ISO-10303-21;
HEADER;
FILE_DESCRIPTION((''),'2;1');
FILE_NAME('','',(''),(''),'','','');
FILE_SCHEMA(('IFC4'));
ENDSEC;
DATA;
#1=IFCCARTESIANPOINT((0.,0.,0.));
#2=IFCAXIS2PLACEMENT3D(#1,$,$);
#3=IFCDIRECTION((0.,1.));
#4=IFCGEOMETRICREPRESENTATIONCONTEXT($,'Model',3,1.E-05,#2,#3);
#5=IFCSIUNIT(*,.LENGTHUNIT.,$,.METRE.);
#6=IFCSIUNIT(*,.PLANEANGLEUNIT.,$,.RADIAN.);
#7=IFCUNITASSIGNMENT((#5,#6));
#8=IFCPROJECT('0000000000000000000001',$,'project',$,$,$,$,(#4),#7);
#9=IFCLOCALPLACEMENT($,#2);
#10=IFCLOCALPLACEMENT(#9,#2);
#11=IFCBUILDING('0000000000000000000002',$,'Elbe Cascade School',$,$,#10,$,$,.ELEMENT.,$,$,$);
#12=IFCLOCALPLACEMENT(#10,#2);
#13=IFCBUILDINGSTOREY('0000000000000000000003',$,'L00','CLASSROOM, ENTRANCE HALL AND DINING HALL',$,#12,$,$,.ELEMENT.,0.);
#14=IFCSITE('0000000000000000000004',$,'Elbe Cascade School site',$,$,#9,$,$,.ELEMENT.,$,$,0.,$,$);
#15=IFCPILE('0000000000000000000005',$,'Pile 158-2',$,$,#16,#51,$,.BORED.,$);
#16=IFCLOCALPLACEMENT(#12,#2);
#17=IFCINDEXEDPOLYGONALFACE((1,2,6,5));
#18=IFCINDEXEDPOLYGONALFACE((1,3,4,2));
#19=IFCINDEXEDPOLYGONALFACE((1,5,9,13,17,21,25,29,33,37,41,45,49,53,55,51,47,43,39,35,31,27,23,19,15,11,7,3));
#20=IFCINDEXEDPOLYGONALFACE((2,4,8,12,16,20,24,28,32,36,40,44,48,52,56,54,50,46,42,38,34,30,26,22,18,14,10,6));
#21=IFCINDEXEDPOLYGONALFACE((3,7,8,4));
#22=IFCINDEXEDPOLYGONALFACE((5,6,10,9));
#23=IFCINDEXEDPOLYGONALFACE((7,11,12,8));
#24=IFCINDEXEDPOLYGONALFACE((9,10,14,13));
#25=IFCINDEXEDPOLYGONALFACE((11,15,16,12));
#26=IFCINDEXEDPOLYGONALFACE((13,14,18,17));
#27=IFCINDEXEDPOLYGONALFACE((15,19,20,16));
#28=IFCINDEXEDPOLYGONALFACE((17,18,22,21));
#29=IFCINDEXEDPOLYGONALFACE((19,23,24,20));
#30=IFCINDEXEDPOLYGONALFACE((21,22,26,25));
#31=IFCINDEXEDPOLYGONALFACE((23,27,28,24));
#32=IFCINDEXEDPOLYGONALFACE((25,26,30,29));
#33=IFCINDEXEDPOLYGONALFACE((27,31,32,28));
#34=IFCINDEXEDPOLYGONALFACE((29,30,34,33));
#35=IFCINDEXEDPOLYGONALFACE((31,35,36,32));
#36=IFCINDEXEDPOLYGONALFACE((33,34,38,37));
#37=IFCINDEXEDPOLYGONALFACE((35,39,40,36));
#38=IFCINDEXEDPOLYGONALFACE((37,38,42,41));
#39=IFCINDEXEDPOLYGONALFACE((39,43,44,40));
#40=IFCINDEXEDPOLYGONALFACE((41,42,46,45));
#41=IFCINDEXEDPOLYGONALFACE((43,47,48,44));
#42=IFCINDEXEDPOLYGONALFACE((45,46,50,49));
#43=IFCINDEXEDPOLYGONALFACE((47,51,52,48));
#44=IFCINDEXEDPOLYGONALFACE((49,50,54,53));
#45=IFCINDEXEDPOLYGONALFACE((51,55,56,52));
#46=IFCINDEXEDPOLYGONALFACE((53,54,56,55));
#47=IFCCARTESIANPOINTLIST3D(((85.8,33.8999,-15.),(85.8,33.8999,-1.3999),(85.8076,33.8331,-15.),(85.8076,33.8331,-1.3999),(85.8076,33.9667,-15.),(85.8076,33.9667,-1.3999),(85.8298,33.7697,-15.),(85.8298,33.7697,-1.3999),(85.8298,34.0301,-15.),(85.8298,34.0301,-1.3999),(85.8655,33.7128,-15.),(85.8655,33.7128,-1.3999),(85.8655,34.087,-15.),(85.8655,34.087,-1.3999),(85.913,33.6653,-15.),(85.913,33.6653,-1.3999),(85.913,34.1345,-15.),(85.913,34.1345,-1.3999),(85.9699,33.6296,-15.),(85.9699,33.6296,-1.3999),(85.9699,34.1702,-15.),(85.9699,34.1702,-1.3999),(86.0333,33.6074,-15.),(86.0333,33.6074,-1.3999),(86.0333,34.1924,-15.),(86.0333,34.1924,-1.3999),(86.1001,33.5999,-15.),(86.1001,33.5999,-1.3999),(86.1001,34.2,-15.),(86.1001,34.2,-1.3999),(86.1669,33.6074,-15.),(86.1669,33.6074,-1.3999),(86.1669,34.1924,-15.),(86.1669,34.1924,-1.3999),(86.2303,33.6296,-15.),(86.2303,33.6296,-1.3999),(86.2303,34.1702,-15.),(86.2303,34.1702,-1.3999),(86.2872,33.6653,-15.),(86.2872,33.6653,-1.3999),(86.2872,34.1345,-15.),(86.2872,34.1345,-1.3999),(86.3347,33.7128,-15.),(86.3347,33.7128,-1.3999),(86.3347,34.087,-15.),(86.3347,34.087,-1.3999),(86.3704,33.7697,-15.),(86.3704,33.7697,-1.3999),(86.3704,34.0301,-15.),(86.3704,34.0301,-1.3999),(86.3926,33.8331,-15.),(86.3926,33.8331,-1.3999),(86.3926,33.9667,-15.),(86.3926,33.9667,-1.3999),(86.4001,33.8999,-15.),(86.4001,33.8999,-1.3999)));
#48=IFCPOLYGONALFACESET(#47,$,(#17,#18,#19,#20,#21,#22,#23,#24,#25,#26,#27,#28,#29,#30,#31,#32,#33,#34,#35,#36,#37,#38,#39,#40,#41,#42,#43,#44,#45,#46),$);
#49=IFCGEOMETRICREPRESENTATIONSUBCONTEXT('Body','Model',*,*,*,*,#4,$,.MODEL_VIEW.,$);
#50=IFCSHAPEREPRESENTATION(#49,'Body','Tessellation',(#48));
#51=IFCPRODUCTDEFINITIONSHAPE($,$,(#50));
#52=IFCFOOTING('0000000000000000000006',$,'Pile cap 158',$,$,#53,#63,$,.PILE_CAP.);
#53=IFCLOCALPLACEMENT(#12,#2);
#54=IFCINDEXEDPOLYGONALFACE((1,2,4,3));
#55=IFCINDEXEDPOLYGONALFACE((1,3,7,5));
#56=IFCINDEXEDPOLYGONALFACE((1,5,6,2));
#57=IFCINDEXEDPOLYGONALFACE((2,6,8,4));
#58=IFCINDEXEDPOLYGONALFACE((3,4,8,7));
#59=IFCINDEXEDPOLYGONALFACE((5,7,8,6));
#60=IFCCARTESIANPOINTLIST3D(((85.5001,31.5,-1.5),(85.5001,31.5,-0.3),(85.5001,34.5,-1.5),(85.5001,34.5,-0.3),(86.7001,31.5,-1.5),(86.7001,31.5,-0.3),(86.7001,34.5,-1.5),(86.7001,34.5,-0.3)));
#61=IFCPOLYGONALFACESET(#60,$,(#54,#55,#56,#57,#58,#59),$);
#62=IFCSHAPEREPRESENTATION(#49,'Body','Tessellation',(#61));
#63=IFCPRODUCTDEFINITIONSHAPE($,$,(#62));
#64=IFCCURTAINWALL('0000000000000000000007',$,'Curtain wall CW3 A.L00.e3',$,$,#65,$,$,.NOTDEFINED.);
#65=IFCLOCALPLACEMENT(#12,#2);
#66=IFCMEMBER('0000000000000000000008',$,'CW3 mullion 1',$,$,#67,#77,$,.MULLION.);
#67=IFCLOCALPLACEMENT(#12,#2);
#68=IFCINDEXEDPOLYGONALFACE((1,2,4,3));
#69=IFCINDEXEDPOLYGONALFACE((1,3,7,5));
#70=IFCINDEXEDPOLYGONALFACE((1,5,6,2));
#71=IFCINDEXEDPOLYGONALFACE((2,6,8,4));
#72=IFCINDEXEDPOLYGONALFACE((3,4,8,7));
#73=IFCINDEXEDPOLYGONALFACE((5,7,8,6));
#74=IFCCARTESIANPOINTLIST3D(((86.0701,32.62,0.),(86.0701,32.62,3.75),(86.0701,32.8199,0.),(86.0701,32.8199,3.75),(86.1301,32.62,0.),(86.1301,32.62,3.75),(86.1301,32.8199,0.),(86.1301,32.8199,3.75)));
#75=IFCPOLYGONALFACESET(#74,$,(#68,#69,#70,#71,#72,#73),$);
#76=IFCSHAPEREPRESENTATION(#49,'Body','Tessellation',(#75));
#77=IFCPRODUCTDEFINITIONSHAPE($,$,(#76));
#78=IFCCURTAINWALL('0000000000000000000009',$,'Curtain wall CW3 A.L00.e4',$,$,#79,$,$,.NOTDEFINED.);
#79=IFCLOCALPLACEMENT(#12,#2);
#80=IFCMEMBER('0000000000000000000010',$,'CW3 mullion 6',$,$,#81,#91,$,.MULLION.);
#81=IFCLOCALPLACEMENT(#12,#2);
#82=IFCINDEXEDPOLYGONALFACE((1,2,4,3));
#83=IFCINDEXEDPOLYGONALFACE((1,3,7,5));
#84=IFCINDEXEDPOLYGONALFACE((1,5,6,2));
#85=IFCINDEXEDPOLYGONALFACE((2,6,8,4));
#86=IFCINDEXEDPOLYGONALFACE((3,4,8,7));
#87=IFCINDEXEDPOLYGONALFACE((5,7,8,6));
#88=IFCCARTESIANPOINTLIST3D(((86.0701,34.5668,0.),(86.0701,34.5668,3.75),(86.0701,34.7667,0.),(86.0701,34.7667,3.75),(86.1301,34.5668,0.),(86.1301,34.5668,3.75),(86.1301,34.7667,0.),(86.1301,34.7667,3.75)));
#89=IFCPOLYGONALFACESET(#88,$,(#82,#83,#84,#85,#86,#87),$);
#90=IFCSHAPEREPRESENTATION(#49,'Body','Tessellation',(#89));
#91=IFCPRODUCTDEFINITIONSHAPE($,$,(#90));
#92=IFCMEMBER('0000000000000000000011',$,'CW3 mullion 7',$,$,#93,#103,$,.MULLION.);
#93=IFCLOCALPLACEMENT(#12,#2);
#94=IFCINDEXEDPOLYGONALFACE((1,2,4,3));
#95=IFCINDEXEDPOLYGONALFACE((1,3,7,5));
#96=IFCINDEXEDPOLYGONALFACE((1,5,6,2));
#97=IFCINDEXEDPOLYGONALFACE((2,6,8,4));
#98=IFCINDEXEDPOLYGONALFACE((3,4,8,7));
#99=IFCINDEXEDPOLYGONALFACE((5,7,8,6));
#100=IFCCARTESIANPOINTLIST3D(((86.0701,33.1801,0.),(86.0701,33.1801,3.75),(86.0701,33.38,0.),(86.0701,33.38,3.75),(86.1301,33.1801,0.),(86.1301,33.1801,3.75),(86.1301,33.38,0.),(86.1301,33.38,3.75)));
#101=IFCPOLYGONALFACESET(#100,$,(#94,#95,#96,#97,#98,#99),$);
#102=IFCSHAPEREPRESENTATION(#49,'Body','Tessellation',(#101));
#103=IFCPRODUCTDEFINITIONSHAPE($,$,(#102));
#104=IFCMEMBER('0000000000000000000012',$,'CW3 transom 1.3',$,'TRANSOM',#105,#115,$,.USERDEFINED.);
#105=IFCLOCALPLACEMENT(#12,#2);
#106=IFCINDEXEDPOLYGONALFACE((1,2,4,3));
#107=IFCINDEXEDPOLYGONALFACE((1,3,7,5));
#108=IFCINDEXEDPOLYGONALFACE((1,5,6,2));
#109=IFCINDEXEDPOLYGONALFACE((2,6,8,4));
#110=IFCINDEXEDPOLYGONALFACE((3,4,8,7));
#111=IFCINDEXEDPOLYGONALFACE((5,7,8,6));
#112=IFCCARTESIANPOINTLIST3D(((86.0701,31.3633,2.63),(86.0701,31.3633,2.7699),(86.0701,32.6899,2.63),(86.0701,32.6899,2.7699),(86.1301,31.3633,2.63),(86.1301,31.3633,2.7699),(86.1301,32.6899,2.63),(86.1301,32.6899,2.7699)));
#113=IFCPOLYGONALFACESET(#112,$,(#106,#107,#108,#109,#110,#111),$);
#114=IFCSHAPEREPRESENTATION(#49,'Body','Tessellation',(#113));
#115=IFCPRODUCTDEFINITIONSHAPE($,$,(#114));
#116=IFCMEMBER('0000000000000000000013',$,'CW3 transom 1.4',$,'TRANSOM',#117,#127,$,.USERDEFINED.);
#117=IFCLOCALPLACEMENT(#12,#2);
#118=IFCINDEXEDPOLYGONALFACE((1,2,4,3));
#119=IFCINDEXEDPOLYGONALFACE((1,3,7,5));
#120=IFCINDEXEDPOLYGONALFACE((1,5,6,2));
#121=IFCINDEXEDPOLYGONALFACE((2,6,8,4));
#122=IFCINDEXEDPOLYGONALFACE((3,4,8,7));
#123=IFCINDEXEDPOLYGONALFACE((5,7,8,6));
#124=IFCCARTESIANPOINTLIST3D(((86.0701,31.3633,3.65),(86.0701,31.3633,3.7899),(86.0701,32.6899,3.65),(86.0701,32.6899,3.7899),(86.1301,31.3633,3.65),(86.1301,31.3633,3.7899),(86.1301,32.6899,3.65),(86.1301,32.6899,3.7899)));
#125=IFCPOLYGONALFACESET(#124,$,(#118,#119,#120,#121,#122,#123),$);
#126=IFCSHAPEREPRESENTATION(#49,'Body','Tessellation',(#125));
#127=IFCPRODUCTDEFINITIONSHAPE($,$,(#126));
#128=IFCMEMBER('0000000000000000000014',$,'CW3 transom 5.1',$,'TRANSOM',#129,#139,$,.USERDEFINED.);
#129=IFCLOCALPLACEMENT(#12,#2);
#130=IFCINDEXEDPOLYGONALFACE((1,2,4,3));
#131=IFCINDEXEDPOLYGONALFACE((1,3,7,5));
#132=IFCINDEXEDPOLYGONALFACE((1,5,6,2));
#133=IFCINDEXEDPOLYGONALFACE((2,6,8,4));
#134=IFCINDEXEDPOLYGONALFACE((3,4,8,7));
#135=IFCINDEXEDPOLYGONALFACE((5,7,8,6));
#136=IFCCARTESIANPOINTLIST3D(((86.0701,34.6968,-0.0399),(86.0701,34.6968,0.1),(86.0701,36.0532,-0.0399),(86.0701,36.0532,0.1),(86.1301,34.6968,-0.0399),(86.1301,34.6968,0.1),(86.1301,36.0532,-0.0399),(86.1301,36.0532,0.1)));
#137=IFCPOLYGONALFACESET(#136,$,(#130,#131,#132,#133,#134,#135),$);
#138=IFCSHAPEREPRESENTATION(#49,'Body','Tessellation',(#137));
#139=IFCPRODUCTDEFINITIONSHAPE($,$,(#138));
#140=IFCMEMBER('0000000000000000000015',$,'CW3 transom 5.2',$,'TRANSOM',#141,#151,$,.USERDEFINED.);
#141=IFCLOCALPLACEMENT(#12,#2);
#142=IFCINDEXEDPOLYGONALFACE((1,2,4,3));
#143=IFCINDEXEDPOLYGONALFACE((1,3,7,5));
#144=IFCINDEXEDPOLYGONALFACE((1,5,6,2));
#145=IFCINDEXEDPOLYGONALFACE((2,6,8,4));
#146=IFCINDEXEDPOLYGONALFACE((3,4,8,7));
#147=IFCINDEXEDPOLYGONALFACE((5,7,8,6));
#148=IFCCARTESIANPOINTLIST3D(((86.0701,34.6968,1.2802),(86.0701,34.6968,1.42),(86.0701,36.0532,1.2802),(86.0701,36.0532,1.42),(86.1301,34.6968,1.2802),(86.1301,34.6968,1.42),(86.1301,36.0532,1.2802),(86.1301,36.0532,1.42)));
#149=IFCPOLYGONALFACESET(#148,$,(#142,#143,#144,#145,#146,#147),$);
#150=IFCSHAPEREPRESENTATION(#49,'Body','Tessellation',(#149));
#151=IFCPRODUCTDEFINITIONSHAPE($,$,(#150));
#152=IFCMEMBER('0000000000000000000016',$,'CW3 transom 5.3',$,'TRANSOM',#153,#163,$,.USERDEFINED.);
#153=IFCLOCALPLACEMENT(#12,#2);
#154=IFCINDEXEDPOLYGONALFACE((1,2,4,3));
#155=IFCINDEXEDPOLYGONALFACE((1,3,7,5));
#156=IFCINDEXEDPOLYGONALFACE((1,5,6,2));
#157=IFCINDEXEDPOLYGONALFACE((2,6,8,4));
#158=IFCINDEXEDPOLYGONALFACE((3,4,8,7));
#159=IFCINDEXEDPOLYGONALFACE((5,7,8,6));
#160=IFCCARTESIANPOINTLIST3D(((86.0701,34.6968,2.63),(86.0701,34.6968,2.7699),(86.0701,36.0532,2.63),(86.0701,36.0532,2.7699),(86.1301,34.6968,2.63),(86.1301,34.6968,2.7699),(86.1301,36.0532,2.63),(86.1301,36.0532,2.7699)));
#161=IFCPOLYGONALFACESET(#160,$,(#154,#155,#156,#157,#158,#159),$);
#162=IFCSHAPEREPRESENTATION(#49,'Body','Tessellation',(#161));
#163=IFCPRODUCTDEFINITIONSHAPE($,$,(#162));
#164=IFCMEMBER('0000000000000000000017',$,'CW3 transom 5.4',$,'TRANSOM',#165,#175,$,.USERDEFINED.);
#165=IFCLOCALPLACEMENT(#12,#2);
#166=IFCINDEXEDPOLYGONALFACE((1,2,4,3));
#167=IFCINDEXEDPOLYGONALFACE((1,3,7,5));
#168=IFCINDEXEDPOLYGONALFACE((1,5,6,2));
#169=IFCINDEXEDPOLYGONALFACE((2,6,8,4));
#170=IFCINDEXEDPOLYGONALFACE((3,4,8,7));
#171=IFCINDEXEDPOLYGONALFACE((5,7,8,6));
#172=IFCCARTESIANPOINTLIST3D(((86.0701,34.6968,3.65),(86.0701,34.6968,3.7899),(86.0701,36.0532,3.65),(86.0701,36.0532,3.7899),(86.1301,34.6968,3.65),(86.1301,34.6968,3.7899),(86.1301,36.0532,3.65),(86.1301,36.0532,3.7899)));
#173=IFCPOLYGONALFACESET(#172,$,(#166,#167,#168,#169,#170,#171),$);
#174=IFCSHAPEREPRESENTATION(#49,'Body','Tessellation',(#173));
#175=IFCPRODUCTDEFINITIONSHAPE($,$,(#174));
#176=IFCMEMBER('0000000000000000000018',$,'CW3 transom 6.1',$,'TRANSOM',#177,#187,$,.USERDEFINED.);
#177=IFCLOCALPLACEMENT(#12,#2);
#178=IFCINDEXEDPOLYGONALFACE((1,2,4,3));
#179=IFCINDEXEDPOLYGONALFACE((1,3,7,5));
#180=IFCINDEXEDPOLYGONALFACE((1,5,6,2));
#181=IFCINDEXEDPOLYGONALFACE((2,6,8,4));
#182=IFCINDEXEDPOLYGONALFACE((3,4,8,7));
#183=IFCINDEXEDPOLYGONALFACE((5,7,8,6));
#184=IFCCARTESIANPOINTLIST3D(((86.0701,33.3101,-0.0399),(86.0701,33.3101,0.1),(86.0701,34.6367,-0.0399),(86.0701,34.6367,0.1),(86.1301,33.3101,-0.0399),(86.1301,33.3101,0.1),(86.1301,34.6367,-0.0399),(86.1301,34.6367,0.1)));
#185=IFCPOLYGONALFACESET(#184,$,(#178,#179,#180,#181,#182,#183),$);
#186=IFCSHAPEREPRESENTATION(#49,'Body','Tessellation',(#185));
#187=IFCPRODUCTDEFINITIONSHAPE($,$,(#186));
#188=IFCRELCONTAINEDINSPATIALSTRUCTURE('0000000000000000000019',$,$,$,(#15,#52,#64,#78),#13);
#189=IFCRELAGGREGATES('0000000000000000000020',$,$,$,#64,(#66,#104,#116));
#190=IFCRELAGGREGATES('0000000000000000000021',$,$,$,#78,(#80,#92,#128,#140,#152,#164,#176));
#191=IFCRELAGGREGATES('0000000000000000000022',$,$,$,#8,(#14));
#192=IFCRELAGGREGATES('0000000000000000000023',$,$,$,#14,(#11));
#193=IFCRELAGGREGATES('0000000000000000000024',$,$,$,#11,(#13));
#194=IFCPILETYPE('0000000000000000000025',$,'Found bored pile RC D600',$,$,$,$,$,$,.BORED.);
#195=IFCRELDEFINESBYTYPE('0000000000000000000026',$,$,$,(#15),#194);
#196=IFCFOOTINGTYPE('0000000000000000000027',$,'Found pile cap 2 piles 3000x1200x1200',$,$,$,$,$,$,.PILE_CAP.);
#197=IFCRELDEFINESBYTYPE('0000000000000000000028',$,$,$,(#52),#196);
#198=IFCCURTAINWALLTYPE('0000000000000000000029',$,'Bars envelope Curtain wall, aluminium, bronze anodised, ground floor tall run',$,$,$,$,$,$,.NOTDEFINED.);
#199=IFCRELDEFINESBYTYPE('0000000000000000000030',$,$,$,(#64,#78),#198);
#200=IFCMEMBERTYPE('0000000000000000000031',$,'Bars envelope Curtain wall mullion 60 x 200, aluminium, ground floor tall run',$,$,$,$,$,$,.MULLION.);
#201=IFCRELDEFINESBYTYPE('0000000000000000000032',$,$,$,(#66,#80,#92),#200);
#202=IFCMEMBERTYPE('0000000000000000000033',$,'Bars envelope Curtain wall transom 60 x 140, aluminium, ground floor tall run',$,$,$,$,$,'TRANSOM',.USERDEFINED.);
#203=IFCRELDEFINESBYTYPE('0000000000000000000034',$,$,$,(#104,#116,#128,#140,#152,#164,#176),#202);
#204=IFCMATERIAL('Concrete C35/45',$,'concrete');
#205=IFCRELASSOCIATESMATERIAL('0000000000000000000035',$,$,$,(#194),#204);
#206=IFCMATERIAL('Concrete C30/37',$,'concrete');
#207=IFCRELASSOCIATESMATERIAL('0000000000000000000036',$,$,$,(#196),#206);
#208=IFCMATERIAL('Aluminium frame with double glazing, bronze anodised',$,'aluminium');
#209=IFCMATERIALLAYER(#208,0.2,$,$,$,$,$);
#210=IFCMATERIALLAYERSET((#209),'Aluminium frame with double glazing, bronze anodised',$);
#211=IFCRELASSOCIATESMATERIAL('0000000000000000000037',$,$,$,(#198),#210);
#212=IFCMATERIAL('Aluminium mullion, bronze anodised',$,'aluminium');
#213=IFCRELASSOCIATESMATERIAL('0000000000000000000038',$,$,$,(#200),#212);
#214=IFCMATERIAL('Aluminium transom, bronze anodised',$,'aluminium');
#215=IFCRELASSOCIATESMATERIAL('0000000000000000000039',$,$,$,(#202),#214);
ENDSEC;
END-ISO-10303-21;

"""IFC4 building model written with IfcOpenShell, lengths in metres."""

from ifc_helpers import new_model, si_unit, direction, frame, origin, origin_2d, place, context, subcontext, project, spatial, rectangle, circle, extrude, material, layer, layer_set, material_profile, profile_set, type_object, element, aggregate, save


model = new_model("IFC4")

# Units and contexts
model_context = context("Model", 3, precision=1e-05, world=origin(), true_north=direction((0.0, 1.0)))
body_context = subcontext(model_context, "Body", "Model", "MODEL_VIEW")
ifc_project = project(units=[si_unit("LENGTHUNIT", "METRE"), si_unit("PLANEANGLEUNIT", "RADIAN")], contexts=[model_context])

# Site, building, storey
site_placement = place(None, origin())
site = spatial("IfcSite", under=ifc_project, at=site_placement, Name="Elbe Cascade School site", CompositionType="ELEMENT", RefElevation=0.0)
building_placement = place(site_placement, origin())
building = spatial("IfcBuilding", under=site, at=building_placement, Name="Elbe Cascade School", CompositionType="ELEMENT")
storey_placement = place(building_placement, origin())
storey = spatial("IfcBuildingStorey", under=building, at=storey_placement, Name="L00", Description="CLASSROOM, ENTRANCE HALL AND DINING HALL", CompositionType="ELEMENT", Elevation=0.0)

# Pile
ifc_material_1 = material(Name="Concrete C35/45", Category="concrete")
ifc_material_profile_1 = material_profile(ifc_material_1, circle(Radius=0.3, at=origin_2d()), Name="RC D600")
ifc_profile_set_1 = profile_set([ifc_material_profile_1], Name="Concrete C35/45")
pile_type = type_object("IfcPileType", Name="Found bored pile RC D600", PredefinedType="BORED", material=ifc_profile_set_1)
pile_placement = place(storey_placement, frame((86.1001, 33.8999, -1.3999), z_axis=(0.0, 0.0, -1.0), x_axis=(1.0, 0.0, 0.0)))
element("IfcPile", 1, at=pile_placement, inside=storey, type_object=pile_type, Name="Pile 158-2", PredefinedType="BORED", context=body_context, shape_type="SweptSolid", body=[
    extrude(circle(Radius=0.3, at=origin_2d()), origin(), (0.0, 0.0, 1.0), 13.6001),
])

# Footing
ifc_material_2 = material(Name="Concrete C30/37", Category="concrete")
footing_type = type_object("IfcFootingType", Name="Found pile cap 2 piles 3000x1200x1200", PredefinedType="PILE_CAP", material=ifc_material_2)
footing_placement = place(storey_placement, frame((86.1001, 33.0, -1.5), z_axis=(0.0, 0.0, 1.0), x_axis=(1.0, 0.0, 0.0)))
element("IfcFooting", 2, at=footing_placement, inside=storey, type_object=footing_type, Name="Pile cap 158", PredefinedType="PILE_CAP", context=body_context, shape_type="SweptSolid", body=[
    extrude(rectangle(XDim=1.2, YDim=3.0, at=origin_2d()), origin(), (0.0, 0.0, 1.0), 1.2),
])

# Curtain wall, member
ifc_material_3 = material(Name="Aluminium frame with double glazing, bronze anodised", Category="aluminium")
ifc_layer_1 = layer(ifc_material_3, 0.2)
ifc_layer_set_1 = layer_set([ifc_layer_1], Name="Aluminium frame with double glazing, bronze anodised")
curtain_wall_type = type_object("IfcCurtainWallType", Name="Bars envelope Curtain wall, aluminium, bronze anodised, ground floor tall run", PredefinedType="NOTDEFINED", material=ifc_layer_set_1)
curtain_wall_1_placement = place(storey_placement, origin())
curtain_wall_1 = element("IfcCurtainWall", 3, at=curtain_wall_1_placement, inside=storey, type_object=curtain_wall_type, Name="Curtain wall CW3 A.L00.e3", PredefinedType="NOTDEFINED")
ifc_material_4 = material(Name="Aluminium mullion, bronze anodised", Category="aluminium")
ifc_material_profile_2 = material_profile(ifc_material_4, rectangle(XDim=0.0601, YDim=0.2, at=origin_2d()), Name="Bars envelope Curtain wall mullion 60 x 200, aluminium, ground floor tall run")
ifc_profile_set_2 = profile_set([ifc_material_profile_2], Name="Aluminium mullion, bronze anodised")
member_type_1 = type_object("IfcMemberType", Name="Bars envelope Curtain wall mullion 60 x 200, aluminium, ground floor tall run", PredefinedType="MULLION", material=ifc_profile_set_2)
member_1_placement = place(storey_placement, frame((86.1001, 32.72, 0.0), z_axis=(0.0, 0.0, 1.0), x_axis=(1.0, 0.0, 0.0)))
member_1 = element("IfcMember", 4, at=member_1_placement, type_object=member_type_1, Name="CW3 mullion 1", PredefinedType="MULLION", context=body_context, shape_type="SweptSolid", body=[
    extrude(rectangle(XDim=0.0601, YDim=0.2, at=origin_2d()), origin(), (0.0, 0.0, 1.0), 3.75),
])

# Curtain wall, members
curtain_wall_2_placement = place(storey_placement, origin())
curtain_wall_2 = element("IfcCurtainWall", 5, at=curtain_wall_2_placement, inside=storey, type_object=curtain_wall_type, Name="Curtain wall CW3 A.L00.e4", PredefinedType="NOTDEFINED")
member_2_placement = place(storey_placement, frame((86.1001, 34.6667, 0.0), z_axis=(0.0, 0.0, 1.0), x_axis=(1.0, 0.0, 0.0)))
member_2 = element("IfcMember", 6, at=member_2_placement, type_object=member_type_1, Name="CW3 mullion 6", PredefinedType="MULLION", context=body_context, shape_type="SweptSolid", body=[
    extrude(rectangle(XDim=0.0601, YDim=0.2, at=origin_2d()), origin(), (0.0, 0.0, 1.0), 3.75),
])
member_3_placement = place(storey_placement, frame((86.1001, 33.28, 0.0), z_axis=(0.0, 0.0, 1.0), x_axis=(1.0, 0.0, 0.0)))
member_3 = element("IfcMember", 7, at=member_3_placement, type_object=member_type_1, Name="CW3 mullion 7", PredefinedType="MULLION", context=body_context, shape_type="SweptSolid", body=[
    extrude(rectangle(XDim=0.0601, YDim=0.2, at=origin_2d()), origin(), (0.0, 0.0, 1.0), 3.75),
])

# Members
ifc_material_5 = material(Name="Aluminium transom, bronze anodised", Category="aluminium")
ifc_material_profile_3 = material_profile(ifc_material_5, rectangle(XDim=0.0601, YDim=0.1399, at=origin_2d()), Name="Bars envelope Curtain wall transom 60 x 140, aluminium, ground floor tall run")
ifc_profile_set_3 = profile_set([ifc_material_profile_3], Name="Aluminium transom, bronze anodised")
member_type_2 = type_object("IfcMemberType", Name="Bars envelope Curtain wall transom 60 x 140, aluminium, ground floor tall run", ElementType="TRANSOM", PredefinedType="USERDEFINED", material=ifc_profile_set_3)
member_4_placement = place(storey_placement, frame((86.1001, 32.6899, 2.7), z_axis=(0.0, -1.0, 0.0), x_axis=(1.0, 0.0, 0.0)))
member_4 = element("IfcMember", 8, at=member_4_placement, type_object=member_type_2, Name="CW3 transom 1.3", ObjectType="TRANSOM", PredefinedType="USERDEFINED", context=body_context, shape_type="SweptSolid", body=[
    extrude(rectangle(XDim=0.0601, YDim=0.1399, at=origin_2d()), origin(), (0.0, 0.0, 1.0), 1.3267),
])
member_5_placement = place(storey_placement, frame((86.1001, 32.6899, 3.72), z_axis=(0.0, -1.0, 0.0), x_axis=(1.0, 0.0, 0.0)))
member_5 = element("IfcMember", 9, at=member_5_placement, type_object=member_type_2, Name="CW3 transom 1.4", ObjectType="TRANSOM", PredefinedType="USERDEFINED", context=body_context, shape_type="SweptSolid", body=[
    extrude(rectangle(XDim=0.0601, YDim=0.1399, at=origin_2d()), origin(), (0.0, 0.0, 1.0), 1.3267),
])
aggregate(curtain_wall_1, [member_1, member_4, member_5])
member_6_placement = place(storey_placement, frame((86.1001, 36.0532, 0.03), z_axis=(0.0, -1.0, 0.0), x_axis=(1.0, 0.0, 0.0)))
member_6 = element("IfcMember", 10, at=member_6_placement, type_object=member_type_2, Name="CW3 transom 5.1", ObjectType="TRANSOM", PredefinedType="USERDEFINED", context=body_context, shape_type="SweptSolid", body=[
    extrude(rectangle(XDim=0.0601, YDim=0.1399, at=origin_2d()), origin(), (0.0, 0.0, 1.0), 1.3564),
])
member_7_placement = place(storey_placement, frame((86.1001, 36.0532, 1.3501), z_axis=(0.0, -1.0, 0.0), x_axis=(1.0, 0.0, 0.0)))
member_7 = element("IfcMember", 11, at=member_7_placement, type_object=member_type_2, Name="CW3 transom 5.2", ObjectType="TRANSOM", PredefinedType="USERDEFINED", context=body_context, shape_type="SweptSolid", body=[
    extrude(rectangle(XDim=0.0601, YDim=0.1399, at=origin_2d()), origin(), (0.0, 0.0, 1.0), 1.3564),
])
member_8_placement = place(storey_placement, frame((86.1001, 36.0532, 2.7), z_axis=(0.0, -1.0, 0.0), x_axis=(1.0, 0.0, 0.0)))
member_8 = element("IfcMember", 12, at=member_8_placement, type_object=member_type_2, Name="CW3 transom 5.3", ObjectType="TRANSOM", PredefinedType="USERDEFINED", context=body_context, shape_type="SweptSolid", body=[
    extrude(rectangle(XDim=0.0601, YDim=0.1399, at=origin_2d()), origin(), (0.0, 0.0, 1.0), 1.3564),
])
member_9_placement = place(storey_placement, frame((86.1001, 36.0532, 3.72), z_axis=(0.0, -1.0, 0.0), x_axis=(1.0, 0.0, 0.0)))
member_9 = element("IfcMember", 13, at=member_9_placement, type_object=member_type_2, Name="CW3 transom 5.4", ObjectType="TRANSOM", PredefinedType="USERDEFINED", context=body_context, shape_type="SweptSolid", body=[
    extrude(rectangle(XDim=0.0601, YDim=0.1399, at=origin_2d()), origin(), (0.0, 0.0, 1.0), 1.3564),
])
member_10_placement = place(storey_placement, frame((86.1001, 34.6367, 0.03), z_axis=(0.0, -1.0, 0.0), x_axis=(1.0, 0.0, 0.0)))
member_10 = element("IfcMember", 14, at=member_10_placement, type_object=member_type_2, Name="CW3 transom 6.1", ObjectType="TRANSOM", PredefinedType="USERDEFINED", context=body_context, shape_type="SweptSolid", body=[
    extrude(rectangle(XDim=0.0601, YDim=0.1399, at=origin_2d()), origin(), (0.0, 0.0, 1.0), 1.3267),
])

aggregate(curtain_wall_2, [member_2, member_3, member_6, member_7, member_8, member_9, member_10])

save(model, "model.ifc")
